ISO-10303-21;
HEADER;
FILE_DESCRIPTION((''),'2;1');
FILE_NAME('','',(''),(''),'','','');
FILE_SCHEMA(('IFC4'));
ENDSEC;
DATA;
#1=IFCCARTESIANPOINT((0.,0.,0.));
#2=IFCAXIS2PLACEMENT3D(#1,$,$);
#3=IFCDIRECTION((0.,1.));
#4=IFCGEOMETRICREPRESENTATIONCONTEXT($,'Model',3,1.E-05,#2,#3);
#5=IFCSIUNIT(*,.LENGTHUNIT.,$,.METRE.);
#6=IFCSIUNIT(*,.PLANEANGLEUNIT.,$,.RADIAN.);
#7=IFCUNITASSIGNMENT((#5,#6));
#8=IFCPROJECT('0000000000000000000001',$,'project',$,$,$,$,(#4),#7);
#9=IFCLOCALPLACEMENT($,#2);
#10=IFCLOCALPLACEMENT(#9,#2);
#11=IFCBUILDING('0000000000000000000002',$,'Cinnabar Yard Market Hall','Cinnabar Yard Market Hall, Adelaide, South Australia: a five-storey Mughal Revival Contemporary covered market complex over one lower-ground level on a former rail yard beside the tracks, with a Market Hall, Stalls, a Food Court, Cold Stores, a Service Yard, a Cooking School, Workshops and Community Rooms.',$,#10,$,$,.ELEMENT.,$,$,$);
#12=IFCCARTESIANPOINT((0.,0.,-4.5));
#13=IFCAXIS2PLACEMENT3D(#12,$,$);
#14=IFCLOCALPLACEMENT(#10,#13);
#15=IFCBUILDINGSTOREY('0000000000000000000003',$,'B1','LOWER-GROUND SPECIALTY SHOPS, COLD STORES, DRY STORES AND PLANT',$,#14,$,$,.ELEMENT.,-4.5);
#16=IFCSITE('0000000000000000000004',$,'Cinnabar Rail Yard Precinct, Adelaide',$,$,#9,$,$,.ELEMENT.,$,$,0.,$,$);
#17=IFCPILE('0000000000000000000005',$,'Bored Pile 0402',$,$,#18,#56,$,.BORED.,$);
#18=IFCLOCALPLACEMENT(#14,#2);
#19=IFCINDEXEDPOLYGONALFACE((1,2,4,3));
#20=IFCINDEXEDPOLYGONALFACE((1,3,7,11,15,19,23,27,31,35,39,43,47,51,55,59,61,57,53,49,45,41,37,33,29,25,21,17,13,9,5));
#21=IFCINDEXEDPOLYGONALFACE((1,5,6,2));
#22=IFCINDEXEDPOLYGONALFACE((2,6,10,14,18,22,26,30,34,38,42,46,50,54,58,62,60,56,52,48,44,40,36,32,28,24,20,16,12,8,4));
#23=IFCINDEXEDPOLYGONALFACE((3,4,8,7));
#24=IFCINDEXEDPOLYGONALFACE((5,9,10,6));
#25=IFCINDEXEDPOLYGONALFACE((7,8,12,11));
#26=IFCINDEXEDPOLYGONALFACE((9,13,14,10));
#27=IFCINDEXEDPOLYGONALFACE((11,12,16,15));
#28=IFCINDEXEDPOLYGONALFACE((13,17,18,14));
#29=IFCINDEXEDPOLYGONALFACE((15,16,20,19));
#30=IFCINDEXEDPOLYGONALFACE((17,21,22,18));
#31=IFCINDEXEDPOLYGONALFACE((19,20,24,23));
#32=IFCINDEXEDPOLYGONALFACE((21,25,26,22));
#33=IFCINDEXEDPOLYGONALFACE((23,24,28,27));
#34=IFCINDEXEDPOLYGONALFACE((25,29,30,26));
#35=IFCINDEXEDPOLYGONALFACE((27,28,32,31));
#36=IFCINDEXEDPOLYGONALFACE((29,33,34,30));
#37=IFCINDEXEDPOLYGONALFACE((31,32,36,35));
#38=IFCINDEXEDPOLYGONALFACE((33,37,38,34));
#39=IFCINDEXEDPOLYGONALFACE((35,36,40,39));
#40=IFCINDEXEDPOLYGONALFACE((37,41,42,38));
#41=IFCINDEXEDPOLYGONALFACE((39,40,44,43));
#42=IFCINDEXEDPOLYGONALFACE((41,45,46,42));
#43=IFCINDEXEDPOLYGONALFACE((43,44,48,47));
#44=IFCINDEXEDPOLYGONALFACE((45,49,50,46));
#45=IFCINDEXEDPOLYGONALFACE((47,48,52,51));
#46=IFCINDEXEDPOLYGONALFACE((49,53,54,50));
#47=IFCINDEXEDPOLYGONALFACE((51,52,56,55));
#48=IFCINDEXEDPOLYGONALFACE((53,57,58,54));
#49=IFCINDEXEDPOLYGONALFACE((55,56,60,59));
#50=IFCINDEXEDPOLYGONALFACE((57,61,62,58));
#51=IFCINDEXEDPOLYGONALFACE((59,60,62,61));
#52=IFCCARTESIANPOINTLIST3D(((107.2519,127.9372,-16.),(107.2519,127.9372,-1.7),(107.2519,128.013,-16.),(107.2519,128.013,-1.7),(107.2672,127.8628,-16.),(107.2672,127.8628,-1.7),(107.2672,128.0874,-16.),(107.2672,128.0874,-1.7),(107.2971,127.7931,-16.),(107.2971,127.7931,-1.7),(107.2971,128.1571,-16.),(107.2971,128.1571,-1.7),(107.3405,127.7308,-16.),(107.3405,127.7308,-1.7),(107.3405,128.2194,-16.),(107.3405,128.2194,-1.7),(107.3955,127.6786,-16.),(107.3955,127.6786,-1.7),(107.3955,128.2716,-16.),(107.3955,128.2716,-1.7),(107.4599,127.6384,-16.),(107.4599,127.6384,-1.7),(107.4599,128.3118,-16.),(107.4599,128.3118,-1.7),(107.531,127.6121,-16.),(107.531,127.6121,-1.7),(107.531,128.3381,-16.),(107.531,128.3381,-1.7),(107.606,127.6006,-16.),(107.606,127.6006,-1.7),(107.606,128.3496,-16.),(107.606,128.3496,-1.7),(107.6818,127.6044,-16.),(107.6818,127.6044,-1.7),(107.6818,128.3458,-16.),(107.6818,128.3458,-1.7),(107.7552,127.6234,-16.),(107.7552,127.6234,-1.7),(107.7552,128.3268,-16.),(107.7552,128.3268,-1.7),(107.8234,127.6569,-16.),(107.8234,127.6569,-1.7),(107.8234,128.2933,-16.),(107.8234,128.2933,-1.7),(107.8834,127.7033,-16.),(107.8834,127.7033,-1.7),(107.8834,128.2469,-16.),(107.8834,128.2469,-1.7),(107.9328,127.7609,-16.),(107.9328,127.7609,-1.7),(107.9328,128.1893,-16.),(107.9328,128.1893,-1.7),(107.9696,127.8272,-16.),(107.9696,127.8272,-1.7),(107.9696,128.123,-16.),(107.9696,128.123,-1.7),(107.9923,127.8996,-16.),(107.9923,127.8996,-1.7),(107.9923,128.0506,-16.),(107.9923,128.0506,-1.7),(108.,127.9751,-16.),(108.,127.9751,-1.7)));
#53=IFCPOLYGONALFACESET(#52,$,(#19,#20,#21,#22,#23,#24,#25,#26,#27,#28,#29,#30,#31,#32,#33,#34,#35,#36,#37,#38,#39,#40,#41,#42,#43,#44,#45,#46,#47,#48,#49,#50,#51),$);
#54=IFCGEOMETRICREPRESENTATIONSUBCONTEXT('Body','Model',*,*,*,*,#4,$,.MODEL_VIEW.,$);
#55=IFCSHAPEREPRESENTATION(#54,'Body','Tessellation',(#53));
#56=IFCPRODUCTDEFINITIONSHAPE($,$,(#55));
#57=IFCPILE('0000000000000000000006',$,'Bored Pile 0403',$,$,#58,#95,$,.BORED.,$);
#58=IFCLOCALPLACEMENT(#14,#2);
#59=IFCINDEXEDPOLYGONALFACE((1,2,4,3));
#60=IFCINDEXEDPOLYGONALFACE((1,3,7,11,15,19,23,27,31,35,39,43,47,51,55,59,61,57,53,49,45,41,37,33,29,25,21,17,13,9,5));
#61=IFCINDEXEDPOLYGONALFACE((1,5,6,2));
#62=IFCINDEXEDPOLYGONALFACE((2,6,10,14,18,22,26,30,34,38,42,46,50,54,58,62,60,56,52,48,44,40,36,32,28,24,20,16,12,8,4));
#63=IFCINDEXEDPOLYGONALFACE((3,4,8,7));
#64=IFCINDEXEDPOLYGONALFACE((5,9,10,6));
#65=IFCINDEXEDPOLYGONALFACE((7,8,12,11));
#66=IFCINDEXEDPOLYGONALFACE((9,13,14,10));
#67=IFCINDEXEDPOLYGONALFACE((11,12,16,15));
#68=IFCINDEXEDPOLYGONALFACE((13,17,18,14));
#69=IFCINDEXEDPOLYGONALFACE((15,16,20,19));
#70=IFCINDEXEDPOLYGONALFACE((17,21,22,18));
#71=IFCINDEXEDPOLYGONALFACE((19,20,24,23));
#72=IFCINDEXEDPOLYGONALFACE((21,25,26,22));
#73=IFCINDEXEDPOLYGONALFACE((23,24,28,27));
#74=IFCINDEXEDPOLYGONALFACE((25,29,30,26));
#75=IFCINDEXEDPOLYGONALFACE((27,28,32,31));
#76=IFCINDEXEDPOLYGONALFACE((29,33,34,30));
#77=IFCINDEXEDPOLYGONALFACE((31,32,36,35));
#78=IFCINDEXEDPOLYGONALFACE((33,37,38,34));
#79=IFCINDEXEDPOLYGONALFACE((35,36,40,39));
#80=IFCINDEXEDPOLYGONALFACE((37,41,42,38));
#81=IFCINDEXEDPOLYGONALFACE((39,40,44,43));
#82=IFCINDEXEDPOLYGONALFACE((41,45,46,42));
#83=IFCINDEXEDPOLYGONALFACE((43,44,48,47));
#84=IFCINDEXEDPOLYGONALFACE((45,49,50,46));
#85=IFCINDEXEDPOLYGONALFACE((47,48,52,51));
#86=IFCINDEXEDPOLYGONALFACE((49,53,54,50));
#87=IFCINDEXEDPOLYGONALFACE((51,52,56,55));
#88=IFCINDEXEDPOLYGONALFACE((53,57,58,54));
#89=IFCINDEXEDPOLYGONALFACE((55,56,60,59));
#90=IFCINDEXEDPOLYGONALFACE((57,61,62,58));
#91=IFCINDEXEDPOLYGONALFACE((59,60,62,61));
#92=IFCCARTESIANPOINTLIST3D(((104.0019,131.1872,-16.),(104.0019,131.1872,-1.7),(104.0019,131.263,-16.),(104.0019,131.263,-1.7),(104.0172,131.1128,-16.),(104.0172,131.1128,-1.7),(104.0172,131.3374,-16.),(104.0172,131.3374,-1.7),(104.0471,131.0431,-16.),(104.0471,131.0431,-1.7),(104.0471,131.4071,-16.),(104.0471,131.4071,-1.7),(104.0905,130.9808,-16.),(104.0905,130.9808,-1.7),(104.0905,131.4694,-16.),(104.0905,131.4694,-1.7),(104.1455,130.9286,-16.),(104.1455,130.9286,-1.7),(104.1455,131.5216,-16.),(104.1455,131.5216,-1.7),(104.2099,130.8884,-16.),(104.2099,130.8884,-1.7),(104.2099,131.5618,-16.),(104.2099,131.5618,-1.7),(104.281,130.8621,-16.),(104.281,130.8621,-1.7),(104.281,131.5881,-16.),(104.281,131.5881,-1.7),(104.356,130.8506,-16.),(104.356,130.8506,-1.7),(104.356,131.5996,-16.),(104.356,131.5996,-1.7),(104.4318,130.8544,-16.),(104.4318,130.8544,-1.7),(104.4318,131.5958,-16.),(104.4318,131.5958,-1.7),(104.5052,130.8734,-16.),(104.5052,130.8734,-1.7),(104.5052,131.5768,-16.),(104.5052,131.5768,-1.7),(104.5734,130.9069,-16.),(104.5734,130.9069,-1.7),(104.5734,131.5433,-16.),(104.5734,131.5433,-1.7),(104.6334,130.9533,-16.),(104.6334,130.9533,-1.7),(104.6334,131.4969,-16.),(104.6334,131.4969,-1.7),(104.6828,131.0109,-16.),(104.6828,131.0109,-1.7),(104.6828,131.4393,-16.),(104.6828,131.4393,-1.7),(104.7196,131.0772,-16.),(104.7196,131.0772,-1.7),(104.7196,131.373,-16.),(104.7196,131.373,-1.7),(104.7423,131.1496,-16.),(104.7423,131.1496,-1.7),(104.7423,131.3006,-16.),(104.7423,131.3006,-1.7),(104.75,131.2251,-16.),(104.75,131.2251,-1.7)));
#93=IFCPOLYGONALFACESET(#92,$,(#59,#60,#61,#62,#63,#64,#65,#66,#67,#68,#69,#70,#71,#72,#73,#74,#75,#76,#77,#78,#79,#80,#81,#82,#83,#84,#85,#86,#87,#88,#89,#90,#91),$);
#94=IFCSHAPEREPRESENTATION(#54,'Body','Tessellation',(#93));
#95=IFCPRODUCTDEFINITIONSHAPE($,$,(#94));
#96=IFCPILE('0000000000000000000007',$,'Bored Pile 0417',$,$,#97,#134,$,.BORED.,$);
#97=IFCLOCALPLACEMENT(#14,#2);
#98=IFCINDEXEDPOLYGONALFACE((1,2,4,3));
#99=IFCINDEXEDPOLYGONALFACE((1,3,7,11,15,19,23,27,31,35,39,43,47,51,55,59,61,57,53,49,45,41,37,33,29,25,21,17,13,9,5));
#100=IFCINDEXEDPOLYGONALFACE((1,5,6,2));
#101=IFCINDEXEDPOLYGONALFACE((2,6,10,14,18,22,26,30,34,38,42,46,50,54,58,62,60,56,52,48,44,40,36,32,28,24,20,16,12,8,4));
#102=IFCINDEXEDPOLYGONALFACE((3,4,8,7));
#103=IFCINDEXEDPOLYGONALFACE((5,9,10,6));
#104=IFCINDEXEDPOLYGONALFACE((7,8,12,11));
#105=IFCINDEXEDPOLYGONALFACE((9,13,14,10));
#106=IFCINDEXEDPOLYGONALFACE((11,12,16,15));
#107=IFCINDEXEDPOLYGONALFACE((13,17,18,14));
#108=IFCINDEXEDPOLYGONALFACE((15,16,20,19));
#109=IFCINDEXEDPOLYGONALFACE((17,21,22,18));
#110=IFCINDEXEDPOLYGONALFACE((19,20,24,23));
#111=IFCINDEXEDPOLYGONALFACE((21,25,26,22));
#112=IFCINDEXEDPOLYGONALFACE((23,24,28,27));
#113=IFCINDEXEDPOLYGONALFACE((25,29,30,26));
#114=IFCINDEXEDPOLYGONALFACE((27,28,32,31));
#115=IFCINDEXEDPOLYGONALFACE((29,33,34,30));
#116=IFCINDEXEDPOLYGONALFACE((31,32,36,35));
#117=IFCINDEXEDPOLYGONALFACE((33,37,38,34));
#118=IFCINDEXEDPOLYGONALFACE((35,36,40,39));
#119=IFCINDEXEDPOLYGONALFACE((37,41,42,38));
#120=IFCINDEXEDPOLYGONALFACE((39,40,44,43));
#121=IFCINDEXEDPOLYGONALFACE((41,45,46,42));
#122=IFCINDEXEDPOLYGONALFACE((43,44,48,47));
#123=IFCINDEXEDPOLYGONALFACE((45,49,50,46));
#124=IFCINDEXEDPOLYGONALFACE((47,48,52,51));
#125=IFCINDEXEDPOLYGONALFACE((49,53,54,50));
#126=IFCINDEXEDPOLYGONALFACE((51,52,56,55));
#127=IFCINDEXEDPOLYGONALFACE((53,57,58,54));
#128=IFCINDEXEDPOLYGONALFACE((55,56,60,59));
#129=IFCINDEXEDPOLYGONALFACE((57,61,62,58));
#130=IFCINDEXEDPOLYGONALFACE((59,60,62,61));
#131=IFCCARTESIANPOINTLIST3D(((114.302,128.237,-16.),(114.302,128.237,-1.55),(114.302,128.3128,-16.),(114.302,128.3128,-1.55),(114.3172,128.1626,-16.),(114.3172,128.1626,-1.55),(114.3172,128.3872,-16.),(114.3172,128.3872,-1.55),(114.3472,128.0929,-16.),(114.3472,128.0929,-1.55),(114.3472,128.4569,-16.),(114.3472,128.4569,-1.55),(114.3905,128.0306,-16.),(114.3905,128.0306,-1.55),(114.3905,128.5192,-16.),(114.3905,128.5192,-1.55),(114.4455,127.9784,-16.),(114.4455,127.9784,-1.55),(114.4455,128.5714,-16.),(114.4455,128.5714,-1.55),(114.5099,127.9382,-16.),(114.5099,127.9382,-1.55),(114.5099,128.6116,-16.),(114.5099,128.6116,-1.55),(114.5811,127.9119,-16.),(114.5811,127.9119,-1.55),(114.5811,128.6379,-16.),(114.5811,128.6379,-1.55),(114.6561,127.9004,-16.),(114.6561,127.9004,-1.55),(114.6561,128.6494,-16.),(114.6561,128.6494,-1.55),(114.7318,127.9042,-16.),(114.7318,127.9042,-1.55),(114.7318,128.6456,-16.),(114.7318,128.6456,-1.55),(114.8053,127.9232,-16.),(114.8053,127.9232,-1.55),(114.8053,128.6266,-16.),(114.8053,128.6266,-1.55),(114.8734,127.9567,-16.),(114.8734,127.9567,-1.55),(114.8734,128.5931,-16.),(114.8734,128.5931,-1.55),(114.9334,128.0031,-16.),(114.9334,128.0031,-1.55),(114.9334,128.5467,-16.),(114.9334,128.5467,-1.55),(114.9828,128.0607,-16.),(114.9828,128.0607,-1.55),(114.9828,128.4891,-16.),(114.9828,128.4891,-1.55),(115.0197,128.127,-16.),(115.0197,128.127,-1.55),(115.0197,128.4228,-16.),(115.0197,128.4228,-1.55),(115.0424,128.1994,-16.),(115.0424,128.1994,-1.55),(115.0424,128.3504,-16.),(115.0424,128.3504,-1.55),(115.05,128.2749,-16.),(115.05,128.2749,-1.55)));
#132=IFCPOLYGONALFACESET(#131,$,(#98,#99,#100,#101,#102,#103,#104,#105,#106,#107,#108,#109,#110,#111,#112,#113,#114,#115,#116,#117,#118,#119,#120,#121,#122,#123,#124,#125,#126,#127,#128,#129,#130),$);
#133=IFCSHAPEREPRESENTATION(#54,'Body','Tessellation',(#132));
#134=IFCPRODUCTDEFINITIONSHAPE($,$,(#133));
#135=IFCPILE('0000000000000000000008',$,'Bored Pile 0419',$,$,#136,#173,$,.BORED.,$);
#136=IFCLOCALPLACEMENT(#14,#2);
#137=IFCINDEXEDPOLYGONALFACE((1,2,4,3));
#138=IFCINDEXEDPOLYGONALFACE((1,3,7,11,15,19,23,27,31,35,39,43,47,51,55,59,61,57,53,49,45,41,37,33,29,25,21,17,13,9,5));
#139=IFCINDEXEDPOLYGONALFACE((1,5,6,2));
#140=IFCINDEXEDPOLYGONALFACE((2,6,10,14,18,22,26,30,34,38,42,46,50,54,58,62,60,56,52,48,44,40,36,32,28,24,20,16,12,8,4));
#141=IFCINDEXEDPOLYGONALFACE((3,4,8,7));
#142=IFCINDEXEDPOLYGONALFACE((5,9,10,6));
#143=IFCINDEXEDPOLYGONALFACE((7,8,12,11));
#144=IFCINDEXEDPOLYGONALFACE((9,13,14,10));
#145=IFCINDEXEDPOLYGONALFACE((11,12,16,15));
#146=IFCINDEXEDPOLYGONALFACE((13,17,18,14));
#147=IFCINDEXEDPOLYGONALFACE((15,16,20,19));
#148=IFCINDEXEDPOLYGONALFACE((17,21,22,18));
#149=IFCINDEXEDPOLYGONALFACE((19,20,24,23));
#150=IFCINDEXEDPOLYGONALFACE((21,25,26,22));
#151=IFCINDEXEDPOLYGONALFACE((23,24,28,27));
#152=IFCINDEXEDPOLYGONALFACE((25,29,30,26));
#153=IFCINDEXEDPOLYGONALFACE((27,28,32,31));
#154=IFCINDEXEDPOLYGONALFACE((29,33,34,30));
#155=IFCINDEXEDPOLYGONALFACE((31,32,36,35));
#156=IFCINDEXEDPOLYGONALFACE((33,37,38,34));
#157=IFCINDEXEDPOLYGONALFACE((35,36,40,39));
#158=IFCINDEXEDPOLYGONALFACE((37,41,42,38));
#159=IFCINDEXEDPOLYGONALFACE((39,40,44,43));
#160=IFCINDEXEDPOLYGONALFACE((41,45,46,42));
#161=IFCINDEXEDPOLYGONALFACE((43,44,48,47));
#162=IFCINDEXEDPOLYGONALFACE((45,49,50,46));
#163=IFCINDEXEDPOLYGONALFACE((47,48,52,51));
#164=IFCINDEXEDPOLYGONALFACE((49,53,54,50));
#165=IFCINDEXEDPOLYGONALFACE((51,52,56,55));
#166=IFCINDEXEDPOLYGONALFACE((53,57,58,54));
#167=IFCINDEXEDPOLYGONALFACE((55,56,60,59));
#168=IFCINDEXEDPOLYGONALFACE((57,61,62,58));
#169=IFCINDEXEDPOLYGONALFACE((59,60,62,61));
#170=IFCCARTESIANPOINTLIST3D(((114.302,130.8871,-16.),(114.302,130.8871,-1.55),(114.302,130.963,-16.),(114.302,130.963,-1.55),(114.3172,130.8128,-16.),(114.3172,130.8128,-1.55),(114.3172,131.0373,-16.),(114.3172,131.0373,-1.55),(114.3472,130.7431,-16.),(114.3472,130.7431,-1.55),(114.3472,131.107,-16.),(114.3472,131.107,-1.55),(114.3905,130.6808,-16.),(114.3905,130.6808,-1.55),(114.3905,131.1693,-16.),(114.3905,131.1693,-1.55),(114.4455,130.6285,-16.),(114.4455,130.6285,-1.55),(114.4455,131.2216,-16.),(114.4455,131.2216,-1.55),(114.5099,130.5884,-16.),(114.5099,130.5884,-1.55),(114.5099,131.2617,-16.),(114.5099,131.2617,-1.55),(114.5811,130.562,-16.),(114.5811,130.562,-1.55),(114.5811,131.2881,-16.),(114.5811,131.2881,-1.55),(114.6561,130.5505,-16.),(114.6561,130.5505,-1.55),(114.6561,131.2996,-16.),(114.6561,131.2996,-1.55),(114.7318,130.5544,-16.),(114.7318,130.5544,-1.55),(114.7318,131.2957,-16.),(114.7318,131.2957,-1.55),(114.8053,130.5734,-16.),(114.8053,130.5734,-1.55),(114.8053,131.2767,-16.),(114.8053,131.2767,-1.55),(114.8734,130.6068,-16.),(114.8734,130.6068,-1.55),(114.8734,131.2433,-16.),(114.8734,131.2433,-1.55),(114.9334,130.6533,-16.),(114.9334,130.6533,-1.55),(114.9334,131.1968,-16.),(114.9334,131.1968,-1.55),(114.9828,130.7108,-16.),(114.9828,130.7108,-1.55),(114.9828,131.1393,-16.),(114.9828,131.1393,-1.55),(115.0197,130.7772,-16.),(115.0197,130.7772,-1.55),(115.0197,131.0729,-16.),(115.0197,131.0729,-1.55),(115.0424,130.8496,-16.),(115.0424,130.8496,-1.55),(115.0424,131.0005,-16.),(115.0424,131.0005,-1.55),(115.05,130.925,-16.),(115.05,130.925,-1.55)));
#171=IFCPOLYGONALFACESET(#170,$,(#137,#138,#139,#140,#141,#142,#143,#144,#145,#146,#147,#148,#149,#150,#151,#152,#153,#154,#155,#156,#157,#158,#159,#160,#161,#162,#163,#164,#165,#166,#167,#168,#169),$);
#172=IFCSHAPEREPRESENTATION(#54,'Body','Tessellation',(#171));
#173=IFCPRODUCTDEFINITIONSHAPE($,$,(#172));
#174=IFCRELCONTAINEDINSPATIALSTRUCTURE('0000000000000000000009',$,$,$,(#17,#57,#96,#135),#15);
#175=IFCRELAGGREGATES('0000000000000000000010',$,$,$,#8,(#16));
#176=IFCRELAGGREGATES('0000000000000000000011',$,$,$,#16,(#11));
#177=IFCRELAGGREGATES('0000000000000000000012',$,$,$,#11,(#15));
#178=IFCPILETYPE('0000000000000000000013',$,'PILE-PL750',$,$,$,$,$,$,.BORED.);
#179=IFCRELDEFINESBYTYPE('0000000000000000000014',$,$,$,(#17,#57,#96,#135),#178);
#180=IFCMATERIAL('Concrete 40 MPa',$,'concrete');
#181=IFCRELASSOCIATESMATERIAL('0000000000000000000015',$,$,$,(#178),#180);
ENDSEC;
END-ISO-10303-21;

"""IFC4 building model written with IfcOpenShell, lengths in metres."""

from ifc_helpers import new_model, si_unit, direction, frame, origin, origin_2d_with_axis, place, context, subcontext, project, spatial, circle, extrude, material, material_profile, profile_set, type_object, element, save


model = new_model("IFC4")

# Units and contexts
model_context = context("Model", 3, precision=1e-05, world=origin(), true_north=direction((0.0, 1.0)))
body_context = subcontext(model_context, "Body", "Model", "MODEL_VIEW")
ifc_project = project(units=[si_unit("LENGTHUNIT", "METRE"), si_unit("PLANEANGLEUNIT", "RADIAN")], contexts=[model_context])

# Site, building, storey
site_placement = place(None, origin())
site = spatial("IfcSite", under=ifc_project, at=site_placement, Name="Cinnabar Rail Yard Precinct, Adelaide", CompositionType="ELEMENT", RefElevation=0.0)
building_placement = place(site_placement, origin())
building = spatial("IfcBuilding", under=site, at=building_placement, Name="Cinnabar Yard Market Hall", Description="Cinnabar Yard Market Hall, Adelaide, South Australia: a five-storey Mughal Revival Contemporary covered market complex over one lower-ground level on a former rail yard beside the tracks, with a Market Hall, Stalls, a Food Court, Cold Stores, a Service Yard, a Cooking School, Workshops and Community Rooms.", CompositionType="ELEMENT")
storey_placement = place(building_placement, frame((0.0, 0.0, -4.5)))
storey = spatial("IfcBuildingStorey", under=building, at=storey_placement, Name="B1", Description="LOWER-GROUND SPECIALTY SHOPS, COLD STORES, DRY STORES AND PLANT", CompositionType="ELEMENT", Elevation=-4.5)

# Shared definitions
ifc_material_1 = material(Name="Concrete 40 MPa", Category="concrete")

# Piles
ifc_material_profile_1 = material_profile(ifc_material_1, circle(Radius=0.375, at=origin_2d_with_axis()), Name="PILE-D750")
ifc_profile_set_1 = profile_set([ifc_material_profile_1], Name="Concrete 40 MPa")
pile_type_1 = type_object("IfcPileType", Name="PILE-PL750", PredefinedType="BORED", material=ifc_profile_set_1)
for number, where, z_axis, x_axis, name in (
    (1, (107.625, 127.9751, -1.7), (0.0, 0.0, -1.0), (1.0, 0.0, 0.0), "Bored Pile 0402"),
    (2, (104.375, 131.2251, -1.7), (0.0, 0.0, -1.0), (1.0, 0.0, 0.0), "Bored Pile 0403"),
):
    element("IfcPile", number, at=place(storey_placement, frame(where, z_axis=z_axis, x_axis=x_axis)), inside=storey, type_object=pile_type_1, Name=name, PredefinedType="BORED", context=body_context, shape_type="SweptSolid", body=[
        extrude(circle(Radius=0.375, at=origin_2d_with_axis()), origin(), (0.0, 0.0, 1.0), 14.3),
    ])
for number, where, z_axis, x_axis, name in (
    (3, (114.675, 128.2749, -1.55), (0.0, 0.0, -1.0), (1.0, 0.0, 0.0), "Bored Pile 0417"),
    (4, (114.675, 130.925, -1.55), (0.0, 0.0, -1.0), (1.0, 0.0, 0.0), "Bored Pile 0419"),
):
    element("IfcPile", number, at=place(storey_placement, frame(where, z_axis=z_axis, x_axis=x_axis)), inside=storey, type_object=pile_type_1, Name=name, PredefinedType="BORED", context=body_context, shape_type="SweptSolid", body=[
        extrude(circle(Radius=0.375, at=origin_2d_with_axis()), origin(), (0.0, 0.0, 1.0), 14.45),
    ])

save(model, "model.ifc")
